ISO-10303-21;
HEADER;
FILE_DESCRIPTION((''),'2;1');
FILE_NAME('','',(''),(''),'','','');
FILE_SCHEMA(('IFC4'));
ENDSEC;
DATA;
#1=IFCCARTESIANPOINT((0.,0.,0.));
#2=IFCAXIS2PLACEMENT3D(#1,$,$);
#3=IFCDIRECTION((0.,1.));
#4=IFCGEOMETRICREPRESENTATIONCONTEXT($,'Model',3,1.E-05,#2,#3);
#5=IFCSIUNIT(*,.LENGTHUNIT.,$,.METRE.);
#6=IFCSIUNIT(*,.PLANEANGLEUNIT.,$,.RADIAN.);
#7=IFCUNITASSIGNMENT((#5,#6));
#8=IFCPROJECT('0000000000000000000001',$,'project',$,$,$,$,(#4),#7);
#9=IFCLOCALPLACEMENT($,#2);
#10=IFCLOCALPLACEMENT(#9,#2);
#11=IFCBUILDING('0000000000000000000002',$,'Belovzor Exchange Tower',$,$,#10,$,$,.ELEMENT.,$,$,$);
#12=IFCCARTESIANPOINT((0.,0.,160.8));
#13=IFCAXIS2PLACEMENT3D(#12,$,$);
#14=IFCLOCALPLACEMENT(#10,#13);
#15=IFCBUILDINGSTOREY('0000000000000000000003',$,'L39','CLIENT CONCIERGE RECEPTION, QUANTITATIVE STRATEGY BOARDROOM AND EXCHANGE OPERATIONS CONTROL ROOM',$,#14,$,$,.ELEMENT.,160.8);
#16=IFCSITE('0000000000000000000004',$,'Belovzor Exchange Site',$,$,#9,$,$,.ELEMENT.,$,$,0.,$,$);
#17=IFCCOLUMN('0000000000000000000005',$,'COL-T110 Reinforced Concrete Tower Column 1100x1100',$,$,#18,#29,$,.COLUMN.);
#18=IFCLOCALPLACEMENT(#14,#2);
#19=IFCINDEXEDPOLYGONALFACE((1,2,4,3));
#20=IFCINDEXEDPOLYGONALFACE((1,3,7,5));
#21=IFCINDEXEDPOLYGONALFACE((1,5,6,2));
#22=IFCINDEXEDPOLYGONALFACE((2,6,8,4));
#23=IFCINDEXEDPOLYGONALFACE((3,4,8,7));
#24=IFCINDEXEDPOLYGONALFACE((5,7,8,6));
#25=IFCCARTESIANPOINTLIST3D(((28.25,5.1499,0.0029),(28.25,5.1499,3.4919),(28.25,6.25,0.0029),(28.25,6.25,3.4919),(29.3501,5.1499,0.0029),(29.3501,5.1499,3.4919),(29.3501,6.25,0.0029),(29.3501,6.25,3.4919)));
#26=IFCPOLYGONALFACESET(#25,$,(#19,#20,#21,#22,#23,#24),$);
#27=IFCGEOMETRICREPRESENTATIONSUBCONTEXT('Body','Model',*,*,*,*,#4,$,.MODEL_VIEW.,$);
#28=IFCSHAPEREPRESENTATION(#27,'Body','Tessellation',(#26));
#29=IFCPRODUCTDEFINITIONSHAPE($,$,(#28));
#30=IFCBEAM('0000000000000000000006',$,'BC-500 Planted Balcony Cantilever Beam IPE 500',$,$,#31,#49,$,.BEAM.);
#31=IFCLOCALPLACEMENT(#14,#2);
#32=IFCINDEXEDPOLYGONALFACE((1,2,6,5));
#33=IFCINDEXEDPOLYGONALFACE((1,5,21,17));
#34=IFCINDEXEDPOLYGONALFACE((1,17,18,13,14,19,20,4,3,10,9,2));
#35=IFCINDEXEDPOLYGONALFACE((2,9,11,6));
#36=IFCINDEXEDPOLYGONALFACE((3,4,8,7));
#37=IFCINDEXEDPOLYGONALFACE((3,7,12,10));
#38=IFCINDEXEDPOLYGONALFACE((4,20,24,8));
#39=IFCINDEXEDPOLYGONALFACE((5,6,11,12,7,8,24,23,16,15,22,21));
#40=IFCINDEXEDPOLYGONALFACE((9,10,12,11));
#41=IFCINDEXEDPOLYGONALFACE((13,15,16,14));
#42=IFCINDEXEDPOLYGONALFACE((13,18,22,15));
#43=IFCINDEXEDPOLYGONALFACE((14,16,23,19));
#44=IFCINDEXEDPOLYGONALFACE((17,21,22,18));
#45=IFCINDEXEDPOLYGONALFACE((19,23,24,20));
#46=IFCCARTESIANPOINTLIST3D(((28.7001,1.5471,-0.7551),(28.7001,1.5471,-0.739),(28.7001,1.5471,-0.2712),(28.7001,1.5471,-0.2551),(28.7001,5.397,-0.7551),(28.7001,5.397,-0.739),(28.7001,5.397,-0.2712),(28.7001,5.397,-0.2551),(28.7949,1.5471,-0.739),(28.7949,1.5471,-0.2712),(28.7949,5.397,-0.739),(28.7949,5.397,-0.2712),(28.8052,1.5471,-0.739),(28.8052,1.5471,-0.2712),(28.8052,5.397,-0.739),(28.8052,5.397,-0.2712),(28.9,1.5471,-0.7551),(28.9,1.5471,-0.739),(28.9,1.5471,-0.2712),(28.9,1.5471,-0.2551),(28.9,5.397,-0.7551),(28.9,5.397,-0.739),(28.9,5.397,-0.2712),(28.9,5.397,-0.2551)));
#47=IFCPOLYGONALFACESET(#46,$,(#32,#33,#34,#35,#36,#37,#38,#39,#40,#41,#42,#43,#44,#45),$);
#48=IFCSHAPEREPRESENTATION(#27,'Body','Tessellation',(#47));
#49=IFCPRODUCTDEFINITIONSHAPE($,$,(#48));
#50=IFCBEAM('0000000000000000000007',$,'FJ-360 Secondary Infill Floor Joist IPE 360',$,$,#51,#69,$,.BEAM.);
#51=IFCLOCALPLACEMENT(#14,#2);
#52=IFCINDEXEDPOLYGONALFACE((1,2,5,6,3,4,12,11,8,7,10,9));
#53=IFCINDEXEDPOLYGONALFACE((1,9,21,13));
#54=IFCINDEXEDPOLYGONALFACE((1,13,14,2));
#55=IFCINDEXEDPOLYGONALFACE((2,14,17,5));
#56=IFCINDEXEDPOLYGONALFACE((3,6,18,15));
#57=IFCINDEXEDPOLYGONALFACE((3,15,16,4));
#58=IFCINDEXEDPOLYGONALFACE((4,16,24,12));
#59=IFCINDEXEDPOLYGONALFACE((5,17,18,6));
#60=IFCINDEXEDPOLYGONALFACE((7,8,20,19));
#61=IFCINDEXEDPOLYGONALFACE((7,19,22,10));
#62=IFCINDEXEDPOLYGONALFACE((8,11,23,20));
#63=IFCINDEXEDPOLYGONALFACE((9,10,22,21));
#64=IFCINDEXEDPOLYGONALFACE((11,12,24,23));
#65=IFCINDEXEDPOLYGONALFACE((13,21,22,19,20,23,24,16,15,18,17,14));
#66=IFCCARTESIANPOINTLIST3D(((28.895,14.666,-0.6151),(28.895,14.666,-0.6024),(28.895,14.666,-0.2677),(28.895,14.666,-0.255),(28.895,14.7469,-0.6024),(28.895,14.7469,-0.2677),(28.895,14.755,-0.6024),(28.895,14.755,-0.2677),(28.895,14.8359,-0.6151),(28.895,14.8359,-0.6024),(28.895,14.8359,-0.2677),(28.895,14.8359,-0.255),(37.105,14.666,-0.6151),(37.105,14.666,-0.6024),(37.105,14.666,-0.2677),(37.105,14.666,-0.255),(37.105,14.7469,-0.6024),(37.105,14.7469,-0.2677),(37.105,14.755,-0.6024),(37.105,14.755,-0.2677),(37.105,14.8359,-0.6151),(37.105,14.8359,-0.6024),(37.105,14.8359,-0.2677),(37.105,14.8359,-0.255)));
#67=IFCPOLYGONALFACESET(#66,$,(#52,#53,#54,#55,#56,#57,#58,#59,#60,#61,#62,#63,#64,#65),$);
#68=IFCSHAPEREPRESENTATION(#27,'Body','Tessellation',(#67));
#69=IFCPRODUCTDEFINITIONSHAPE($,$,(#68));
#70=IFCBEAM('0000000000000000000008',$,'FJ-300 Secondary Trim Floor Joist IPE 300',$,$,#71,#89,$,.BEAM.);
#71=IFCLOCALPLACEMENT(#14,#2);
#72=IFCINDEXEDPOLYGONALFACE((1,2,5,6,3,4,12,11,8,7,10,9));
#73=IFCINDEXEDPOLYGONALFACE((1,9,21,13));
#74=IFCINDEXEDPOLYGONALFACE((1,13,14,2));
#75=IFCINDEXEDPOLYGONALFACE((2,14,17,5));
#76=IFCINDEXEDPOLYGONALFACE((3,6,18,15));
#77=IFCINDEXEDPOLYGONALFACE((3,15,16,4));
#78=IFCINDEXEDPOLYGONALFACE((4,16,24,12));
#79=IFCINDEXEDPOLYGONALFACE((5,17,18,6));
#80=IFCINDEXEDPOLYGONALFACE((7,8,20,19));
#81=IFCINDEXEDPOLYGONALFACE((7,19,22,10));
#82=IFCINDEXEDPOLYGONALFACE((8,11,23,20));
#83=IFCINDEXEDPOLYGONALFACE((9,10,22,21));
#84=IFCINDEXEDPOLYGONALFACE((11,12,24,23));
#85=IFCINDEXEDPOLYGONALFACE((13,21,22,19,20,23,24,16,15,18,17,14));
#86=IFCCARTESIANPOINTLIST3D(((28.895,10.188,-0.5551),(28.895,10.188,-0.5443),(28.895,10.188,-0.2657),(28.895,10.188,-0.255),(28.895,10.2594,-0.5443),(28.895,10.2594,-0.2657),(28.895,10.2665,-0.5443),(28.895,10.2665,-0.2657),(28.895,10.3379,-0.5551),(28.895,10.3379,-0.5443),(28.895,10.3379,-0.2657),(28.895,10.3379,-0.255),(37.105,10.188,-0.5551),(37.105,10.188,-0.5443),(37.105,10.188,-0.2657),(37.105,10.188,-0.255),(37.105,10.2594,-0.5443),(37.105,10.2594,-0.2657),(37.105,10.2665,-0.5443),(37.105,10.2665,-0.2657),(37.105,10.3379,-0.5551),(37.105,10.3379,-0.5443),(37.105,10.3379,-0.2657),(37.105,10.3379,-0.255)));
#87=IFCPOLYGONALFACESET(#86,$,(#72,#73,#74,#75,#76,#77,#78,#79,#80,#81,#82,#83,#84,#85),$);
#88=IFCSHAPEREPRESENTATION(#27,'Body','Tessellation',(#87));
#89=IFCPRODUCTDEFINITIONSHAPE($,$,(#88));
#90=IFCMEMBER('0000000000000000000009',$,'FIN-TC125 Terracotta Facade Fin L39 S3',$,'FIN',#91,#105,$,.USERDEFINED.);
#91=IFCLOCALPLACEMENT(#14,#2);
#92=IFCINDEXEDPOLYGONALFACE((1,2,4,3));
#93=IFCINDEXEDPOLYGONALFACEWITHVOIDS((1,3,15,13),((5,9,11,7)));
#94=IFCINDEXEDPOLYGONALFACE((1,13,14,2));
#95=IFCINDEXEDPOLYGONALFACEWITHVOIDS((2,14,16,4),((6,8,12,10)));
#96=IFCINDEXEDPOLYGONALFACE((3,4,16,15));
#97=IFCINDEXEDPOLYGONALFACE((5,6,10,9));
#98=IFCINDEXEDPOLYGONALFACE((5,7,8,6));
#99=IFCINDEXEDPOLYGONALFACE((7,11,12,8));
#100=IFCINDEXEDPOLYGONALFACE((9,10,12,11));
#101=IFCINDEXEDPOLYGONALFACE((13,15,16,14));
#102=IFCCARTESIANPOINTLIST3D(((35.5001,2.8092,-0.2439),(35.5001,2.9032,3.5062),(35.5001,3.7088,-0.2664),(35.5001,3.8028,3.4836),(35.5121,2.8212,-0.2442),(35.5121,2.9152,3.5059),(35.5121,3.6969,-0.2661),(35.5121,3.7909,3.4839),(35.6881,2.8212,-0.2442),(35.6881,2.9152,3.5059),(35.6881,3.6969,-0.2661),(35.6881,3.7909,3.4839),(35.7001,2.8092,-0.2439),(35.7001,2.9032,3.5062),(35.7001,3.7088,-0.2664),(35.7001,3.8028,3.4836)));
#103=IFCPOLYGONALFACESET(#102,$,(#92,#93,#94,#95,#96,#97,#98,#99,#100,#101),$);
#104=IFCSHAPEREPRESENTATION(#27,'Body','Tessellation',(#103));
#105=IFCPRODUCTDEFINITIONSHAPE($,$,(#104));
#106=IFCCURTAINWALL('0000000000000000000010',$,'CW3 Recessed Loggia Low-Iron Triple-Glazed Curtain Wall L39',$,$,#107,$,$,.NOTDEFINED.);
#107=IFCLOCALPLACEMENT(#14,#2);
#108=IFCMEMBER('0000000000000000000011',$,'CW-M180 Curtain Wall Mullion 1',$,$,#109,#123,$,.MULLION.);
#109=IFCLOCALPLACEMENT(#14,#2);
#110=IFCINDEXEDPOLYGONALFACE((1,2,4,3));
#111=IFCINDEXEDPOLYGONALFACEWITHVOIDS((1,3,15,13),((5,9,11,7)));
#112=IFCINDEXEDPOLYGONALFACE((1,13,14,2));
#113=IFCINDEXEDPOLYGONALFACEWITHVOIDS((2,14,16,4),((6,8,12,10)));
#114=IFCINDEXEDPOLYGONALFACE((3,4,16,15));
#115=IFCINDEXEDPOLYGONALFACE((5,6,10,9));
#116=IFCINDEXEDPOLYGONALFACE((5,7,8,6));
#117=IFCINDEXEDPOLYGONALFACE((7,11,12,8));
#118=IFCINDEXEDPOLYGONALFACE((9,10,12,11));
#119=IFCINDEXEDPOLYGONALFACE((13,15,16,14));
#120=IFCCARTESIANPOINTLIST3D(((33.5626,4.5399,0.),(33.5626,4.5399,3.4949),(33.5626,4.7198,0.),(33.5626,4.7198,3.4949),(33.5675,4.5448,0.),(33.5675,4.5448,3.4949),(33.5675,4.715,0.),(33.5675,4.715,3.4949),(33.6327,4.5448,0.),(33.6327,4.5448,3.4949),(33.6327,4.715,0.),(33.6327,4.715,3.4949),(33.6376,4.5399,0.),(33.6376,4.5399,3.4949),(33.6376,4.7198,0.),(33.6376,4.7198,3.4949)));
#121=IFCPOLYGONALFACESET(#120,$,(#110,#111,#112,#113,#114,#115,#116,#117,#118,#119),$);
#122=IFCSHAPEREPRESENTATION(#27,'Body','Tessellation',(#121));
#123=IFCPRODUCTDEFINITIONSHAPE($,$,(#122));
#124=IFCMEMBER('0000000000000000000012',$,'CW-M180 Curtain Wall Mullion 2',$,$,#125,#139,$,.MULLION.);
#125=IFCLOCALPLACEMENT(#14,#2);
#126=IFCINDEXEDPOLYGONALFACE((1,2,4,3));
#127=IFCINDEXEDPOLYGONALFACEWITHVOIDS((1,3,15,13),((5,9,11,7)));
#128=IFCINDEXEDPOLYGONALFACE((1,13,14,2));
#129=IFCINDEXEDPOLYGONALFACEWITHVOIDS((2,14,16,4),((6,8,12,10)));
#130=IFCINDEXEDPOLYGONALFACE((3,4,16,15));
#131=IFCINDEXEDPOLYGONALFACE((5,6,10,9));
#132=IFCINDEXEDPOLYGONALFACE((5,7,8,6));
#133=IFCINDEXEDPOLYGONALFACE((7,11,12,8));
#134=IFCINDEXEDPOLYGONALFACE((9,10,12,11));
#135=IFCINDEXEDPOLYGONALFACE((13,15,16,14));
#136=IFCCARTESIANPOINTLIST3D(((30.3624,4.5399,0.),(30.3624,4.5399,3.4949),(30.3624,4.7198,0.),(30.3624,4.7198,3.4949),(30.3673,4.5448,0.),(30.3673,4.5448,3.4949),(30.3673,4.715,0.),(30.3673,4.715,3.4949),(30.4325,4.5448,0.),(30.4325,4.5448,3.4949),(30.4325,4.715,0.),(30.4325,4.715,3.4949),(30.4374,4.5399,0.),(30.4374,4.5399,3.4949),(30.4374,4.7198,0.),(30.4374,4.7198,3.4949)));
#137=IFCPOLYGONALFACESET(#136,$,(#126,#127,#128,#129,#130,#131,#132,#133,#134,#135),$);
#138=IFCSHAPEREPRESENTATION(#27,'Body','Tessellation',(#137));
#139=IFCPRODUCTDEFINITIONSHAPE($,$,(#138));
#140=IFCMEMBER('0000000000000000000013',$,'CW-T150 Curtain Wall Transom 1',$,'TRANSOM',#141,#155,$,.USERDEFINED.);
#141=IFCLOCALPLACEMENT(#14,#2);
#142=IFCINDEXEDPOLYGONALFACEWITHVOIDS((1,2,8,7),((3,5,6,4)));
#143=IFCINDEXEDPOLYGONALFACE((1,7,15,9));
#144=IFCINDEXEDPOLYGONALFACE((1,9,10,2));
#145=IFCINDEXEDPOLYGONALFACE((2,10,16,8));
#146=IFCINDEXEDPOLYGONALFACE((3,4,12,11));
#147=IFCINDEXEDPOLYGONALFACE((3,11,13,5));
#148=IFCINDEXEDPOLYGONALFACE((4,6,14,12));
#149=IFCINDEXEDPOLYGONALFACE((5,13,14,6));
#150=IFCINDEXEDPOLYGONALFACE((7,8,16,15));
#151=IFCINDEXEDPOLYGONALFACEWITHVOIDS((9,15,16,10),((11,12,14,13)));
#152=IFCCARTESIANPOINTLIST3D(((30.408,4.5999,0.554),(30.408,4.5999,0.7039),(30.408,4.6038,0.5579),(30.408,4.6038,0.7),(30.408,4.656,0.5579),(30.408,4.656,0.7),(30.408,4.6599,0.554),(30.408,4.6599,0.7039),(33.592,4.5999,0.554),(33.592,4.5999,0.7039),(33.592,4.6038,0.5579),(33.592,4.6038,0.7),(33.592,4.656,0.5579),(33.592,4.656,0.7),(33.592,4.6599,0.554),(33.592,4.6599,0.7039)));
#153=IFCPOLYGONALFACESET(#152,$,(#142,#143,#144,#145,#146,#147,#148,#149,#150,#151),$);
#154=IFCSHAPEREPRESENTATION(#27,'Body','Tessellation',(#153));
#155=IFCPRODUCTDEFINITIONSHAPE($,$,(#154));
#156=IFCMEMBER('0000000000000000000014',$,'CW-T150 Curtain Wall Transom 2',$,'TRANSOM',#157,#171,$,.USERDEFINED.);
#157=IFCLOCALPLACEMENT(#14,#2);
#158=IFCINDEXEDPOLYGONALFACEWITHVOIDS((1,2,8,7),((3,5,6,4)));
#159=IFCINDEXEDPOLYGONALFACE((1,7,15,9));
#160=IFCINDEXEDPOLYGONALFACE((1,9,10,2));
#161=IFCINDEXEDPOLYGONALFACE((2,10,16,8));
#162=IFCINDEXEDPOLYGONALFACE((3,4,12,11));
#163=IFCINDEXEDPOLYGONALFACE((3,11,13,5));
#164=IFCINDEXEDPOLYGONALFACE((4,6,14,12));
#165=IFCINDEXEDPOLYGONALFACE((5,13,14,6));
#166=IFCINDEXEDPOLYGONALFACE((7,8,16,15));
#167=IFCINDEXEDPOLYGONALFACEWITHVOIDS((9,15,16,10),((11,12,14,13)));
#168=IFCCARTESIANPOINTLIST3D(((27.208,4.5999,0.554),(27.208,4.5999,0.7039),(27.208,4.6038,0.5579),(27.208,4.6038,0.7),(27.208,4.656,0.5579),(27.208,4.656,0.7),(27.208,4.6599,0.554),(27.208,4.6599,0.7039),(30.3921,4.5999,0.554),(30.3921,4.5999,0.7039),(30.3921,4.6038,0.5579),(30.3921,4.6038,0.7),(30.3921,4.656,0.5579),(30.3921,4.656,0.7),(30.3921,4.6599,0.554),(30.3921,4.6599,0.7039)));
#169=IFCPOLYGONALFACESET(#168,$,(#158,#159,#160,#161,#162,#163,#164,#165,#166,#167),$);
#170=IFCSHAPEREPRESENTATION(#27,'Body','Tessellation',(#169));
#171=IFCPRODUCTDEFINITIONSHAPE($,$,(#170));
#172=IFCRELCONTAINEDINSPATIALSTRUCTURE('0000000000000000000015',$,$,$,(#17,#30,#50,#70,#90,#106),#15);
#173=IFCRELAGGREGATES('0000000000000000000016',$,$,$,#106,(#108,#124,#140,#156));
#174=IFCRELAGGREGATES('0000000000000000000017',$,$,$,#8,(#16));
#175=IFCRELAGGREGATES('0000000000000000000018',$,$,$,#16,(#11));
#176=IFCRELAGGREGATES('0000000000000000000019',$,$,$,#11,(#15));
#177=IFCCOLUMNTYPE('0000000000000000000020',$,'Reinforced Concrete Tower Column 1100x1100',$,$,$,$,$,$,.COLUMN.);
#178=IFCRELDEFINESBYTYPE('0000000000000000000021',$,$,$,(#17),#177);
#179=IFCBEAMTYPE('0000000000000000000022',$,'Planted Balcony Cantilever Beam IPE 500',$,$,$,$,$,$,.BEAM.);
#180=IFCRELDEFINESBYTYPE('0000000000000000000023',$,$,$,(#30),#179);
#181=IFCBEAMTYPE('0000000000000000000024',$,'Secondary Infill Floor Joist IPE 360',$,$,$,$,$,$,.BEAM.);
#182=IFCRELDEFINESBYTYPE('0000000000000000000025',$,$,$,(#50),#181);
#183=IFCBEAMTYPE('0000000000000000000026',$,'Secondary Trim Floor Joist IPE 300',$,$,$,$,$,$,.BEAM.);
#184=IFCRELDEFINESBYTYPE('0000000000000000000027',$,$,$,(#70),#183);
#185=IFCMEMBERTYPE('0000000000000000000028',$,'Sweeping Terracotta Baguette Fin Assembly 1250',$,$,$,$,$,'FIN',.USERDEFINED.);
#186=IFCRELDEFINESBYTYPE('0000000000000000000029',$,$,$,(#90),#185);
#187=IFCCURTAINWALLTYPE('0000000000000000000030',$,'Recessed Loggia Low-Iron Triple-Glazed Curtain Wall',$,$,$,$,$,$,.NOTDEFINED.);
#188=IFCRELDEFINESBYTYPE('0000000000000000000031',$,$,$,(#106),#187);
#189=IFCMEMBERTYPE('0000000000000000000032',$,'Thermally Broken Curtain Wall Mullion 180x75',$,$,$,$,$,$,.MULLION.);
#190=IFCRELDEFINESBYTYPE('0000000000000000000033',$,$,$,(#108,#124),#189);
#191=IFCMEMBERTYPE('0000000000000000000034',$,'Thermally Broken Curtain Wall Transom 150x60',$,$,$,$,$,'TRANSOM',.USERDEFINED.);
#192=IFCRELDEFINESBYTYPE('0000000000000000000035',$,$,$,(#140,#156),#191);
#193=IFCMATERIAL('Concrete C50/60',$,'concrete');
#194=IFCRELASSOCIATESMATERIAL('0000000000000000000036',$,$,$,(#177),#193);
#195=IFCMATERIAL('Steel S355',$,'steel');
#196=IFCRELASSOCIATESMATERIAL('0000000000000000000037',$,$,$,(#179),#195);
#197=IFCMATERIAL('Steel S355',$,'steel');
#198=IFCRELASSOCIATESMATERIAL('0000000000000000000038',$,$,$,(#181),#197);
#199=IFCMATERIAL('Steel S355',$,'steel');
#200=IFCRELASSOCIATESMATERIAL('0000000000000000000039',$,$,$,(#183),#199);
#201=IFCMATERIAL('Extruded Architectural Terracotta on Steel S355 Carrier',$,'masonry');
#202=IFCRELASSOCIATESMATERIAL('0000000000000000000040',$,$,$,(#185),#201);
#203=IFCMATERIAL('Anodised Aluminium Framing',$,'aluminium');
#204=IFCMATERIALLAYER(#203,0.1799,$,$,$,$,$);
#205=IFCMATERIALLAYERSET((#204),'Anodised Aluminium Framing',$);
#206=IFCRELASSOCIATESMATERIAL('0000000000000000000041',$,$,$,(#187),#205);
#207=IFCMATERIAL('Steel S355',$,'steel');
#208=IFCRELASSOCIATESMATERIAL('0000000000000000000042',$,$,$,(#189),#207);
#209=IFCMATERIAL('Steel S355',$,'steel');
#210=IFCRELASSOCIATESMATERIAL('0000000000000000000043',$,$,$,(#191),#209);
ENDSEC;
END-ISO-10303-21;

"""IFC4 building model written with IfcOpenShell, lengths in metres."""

from ifc_helpers import new_model, si_unit, direction, frame, origin, origin_2d, place, context, subcontext, project, spatial, rectangle, hollow_rectangle, i_section, extrude, material, layer, layer_set, material_profile, profile_set, type_object, element, aggregate, save


model = new_model("IFC4")

# Units and contexts
model_context = context("Model", 3, precision=1e-05, world=origin(), true_north=direction((0.0, 1.0)))
body_context = subcontext(model_context, "Body", "Model", "MODEL_VIEW")
ifc_project = project(units=[si_unit("LENGTHUNIT", "METRE"), si_unit("PLANEANGLEUNIT", "RADIAN")], contexts=[model_context])

# Site, building, storey
site_placement = place(None, origin())
site = spatial("IfcSite", under=ifc_project, at=site_placement, Name="Belovzor Exchange Site", CompositionType="ELEMENT", RefElevation=0.0)
building_placement = place(site_placement, origin())
building = spatial("IfcBuilding", under=site, at=building_placement, Name="Belovzor Exchange Tower", CompositionType="ELEMENT")
storey_placement = place(building_placement, frame((0.0, 0.0, 160.8)))
storey = spatial("IfcBuildingStorey", under=building, at=storey_placement, Name="L39", Description="CLIENT CONCIERGE RECEPTION, QUANTITATIVE STRATEGY BOARDROOM AND EXCHANGE OPERATIONS CONTROL ROOM", CompositionType="ELEMENT", Elevation=160.8)

# Column
ifc_material_1 = material(Name="Concrete C50/60", Category="concrete")
ifc_material_profile_1 = material_profile(ifc_material_1, rectangle(XDim=1.1001, YDim=1.1001, at=origin_2d()))
ifc_profile_set_1 = profile_set([ifc_material_profile_1], Name="Concrete C50/60")
column_type = type_object("IfcColumnType", Name="Reinforced Concrete Tower Column 1100x1100", PredefinedType="COLUMN", material=ifc_profile_set_1)
column_placement = place(storey_placement, frame((28.8, 5.7, 0.0029), z_axis=(0.0, 0.0, 1.0), x_axis=(1.0, 0.0, 0.0)))
element("IfcColumn", 1, at=column_placement, inside=storey, type_object=column_type, Name="COL-T110 Reinforced Concrete Tower Column 1100x1100", PredefinedType="COLUMN", context=body_context, shape_type="SweptSolid", body=[
    extrude(rectangle(XDim=1.1001, YDim=1.1001, at=origin_2d()), origin(), (0.0, 0.0, 1.0), 3.489),
])

# Beams
ifc_material_2 = material(Name="Steel S355", Category="steel")
ifc_material_profile_2 = material_profile(ifc_material_2, i_section(OverallWidth=0.2, OverallDepth=0.5, WebThickness=0.0103, FlangeThickness=0.0161, at=origin_2d()))
ifc_profile_set_2 = profile_set([ifc_material_profile_2], Name="Steel S355")
beam_type_1 = type_object("IfcBeamType", Name="Planted Balcony Cantilever Beam IPE 500", PredefinedType="BEAM", material=ifc_profile_set_2)
beam_1_placement = place(storey_placement, frame((28.8, 5.397, -0.5051), z_axis=(0.0, -1.0, 0.0), x_axis=(1.0, 0.0, 0.0)))
element("IfcBeam", 2, at=beam_1_placement, inside=storey, type_object=beam_type_1, Name="BC-500 Planted Balcony Cantilever Beam IPE 500", PredefinedType="BEAM", context=body_context, shape_type="SweptSolid", body=[
    extrude(i_section(OverallWidth=0.2, OverallDepth=0.5, WebThickness=0.0103, FlangeThickness=0.0161, at=origin_2d()), origin(), (0.0, 0.0, 1.0), 3.8499),
])
ifc_material_3 = material(Name="Steel S355", Category="steel")
ifc_material_profile_3 = material_profile(ifc_material_3, i_section(OverallWidth=0.1699, OverallDepth=0.3601, WebThickness=0.0081, FlangeThickness=0.0127, at=origin_2d()))
ifc_profile_set_3 = profile_set([ifc_material_profile_3], Name="Steel S355")
beam_type_2 = type_object("IfcBeamType", Name="Secondary Infill Floor Joist IPE 360", PredefinedType="BEAM", material=ifc_profile_set_3)
beam_2_placement = place(storey_placement, frame((28.895, 14.751, -0.4351), z_axis=(1.0, 0.0, 0.0), x_axis=(0.0, 1.0, 0.0)))
element("IfcBeam", 3, at=beam_2_placement, inside=storey, type_object=beam_type_2, Name="FJ-360 Secondary Infill Floor Joist IPE 360", PredefinedType="BEAM", context=body_context, shape_type="SweptSolid", body=[
    extrude(i_section(OverallWidth=0.1699, OverallDepth=0.3601, WebThickness=0.0081, FlangeThickness=0.0127, at=origin_2d()), origin(), (0.0, 0.0, 1.0), 8.21),
])
ifc_material_4 = material(Name="Steel S355", Category="steel")
ifc_material_profile_4 = material_profile(ifc_material_4, i_section(OverallWidth=0.1499, OverallDepth=0.3, WebThickness=0.0071, FlangeThickness=0.0107, at=origin_2d()))
ifc_profile_set_4 = profile_set([ifc_material_profile_4], Name="Steel S355")
beam_type_3 = type_object("IfcBeamType", Name="Secondary Trim Floor Joist IPE 300", PredefinedType="BEAM", material=ifc_profile_set_4)
beam_3_placement = place(storey_placement, frame((28.895, 10.2629, -0.405), z_axis=(1.0, 0.0, 0.0), x_axis=(0.0, 1.0, 0.0)))
element("IfcBeam", 4, at=beam_3_placement, inside=storey, type_object=beam_type_3, Name="FJ-300 Secondary Trim Floor Joist IPE 300", PredefinedType="BEAM", context=body_context, shape_type="SweptSolid", body=[
    extrude(i_section(OverallWidth=0.1499, OverallDepth=0.3, WebThickness=0.0071, FlangeThickness=0.0107, at=origin_2d()), origin(), (0.0, 0.0, 1.0), 8.21),
])

# Member
ifc_material_5 = material(Name="Extruded Architectural Terracotta on Steel S355 Carrier", Category="masonry")
ifc_material_profile_5 = material_profile(ifc_material_5, hollow_rectangle(XDim=0.2, YDim=0.8999, WallThickness=0.012, at=origin_2d()))
ifc_profile_set_5 = profile_set([ifc_material_profile_5], Name="Extruded Architectural Terracotta on Steel S355 Carrier")
member_type_1 = type_object("IfcMemberType", Name="Sweeping Terracotta Baguette Fin Assembly 1250", ElementType="FIN", PredefinedType="USERDEFINED", material=ifc_profile_set_5)
member_1_placement = place(storey_placement, frame((35.6001, 3.259, -0.2551), z_axis=(0.0, 0.025057, 0.999686), x_axis=(-1.0, 0.0, 0.0)))
element("IfcMember", 5, at=member_1_placement, inside=storey, type_object=member_type_1, Name="FIN-TC125 Terracotta Facade Fin L39 S3", ObjectType="FIN", PredefinedType="USERDEFINED", context=body_context, shape_type="SweptSolid", body=[
    extrude(hollow_rectangle(XDim=0.2, YDim=0.8999, WallThickness=0.012, at=origin_2d()), origin(), (0.0, 0.0, 1.0), 3.7512),
])

# Curtain wall, members
ifc_material_6 = material(Name="Anodised Aluminium Framing", Category="aluminium")
ifc_layer_1 = layer(ifc_material_6, 0.1799)
ifc_layer_set_1 = layer_set([ifc_layer_1], Name="Anodised Aluminium Framing")
curtain_wall_type = type_object("IfcCurtainWallType", Name="Recessed Loggia Low-Iron Triple-Glazed Curtain Wall", PredefinedType="NOTDEFINED", material=ifc_layer_set_1)
curtain_wall_placement = place(storey_placement, origin())
curtain_wall = element("IfcCurtainWall", 6, at=curtain_wall_placement, inside=storey, type_object=curtain_wall_type, Name="CW3 Recessed Loggia Low-Iron Triple-Glazed Curtain Wall L39", PredefinedType="NOTDEFINED")
ifc_material_7 = material(Name="Steel S355", Category="steel")
ifc_material_profile_6 = material_profile(ifc_material_7, hollow_rectangle(XDim=0.075, YDim=0.1799, WallThickness=0.0049, at=origin_2d()))
ifc_profile_set_6 = profile_set([ifc_material_profile_6], Name="Steel S355")
member_type_2 = type_object("IfcMemberType", Name="Thermally Broken Curtain Wall Mullion 180x75", PredefinedType="MULLION", material=ifc_profile_set_6)
member_2_placement = place(storey_placement, frame((33.6001, 4.6299, 0.0), z_axis=(0.0, 0.0, 1.0), x_axis=(-1.0, 0.0, 0.0)))
member_2 = element("IfcMember", 7, at=member_2_placement, type_object=member_type_2, Name="CW-M180 Curtain Wall Mullion 1", PredefinedType="MULLION", context=body_context, shape_type="SweptSolid", body=[
    extrude(hollow_rectangle(XDim=0.075, YDim=0.1799, WallThickness=0.0049, at=origin_2d()), origin(), (0.0, 0.0, 1.0), 3.4949),
])
member_3_placement = place(storey_placement, frame((30.3999, 4.6299, 0.0), z_axis=(0.0, 0.0, 1.0), x_axis=(-1.0, 0.0, 0.0)))
member_3 = element("IfcMember", 8, at=member_3_placement, type_object=member_type_2, Name="CW-M180 Curtain Wall Mullion 2", PredefinedType="MULLION", context=body_context, shape_type="SweptSolid", body=[
    extrude(hollow_rectangle(XDim=0.075, YDim=0.1799, WallThickness=0.0049, at=origin_2d()), origin(), (0.0, 0.0, 1.0), 3.4949),
])
ifc_material_8 = material(Name="Steel S355", Category="steel")
ifc_material_profile_7 = material_profile(ifc_material_8, hollow_rectangle(XDim=0.0601, YDim=0.1499, WallThickness=0.0039, at=origin_2d()))
ifc_profile_set_7 = profile_set([ifc_material_profile_7], Name="Steel S355")
member_type_3 = type_object("IfcMemberType", Name="Thermally Broken Curtain Wall Transom 150x60", ElementType="TRANSOM", PredefinedType="USERDEFINED", material=ifc_profile_set_7)
member_4_placement = place(storey_placement, frame((33.592, 4.6299, 0.6289), z_axis=(-1.0, 0.0, 0.0), x_axis=(0.0, -1.0, 0.0)))
member_4 = element("IfcMember", 9, at=member_4_placement, type_object=member_type_3, Name="CW-T150 Curtain Wall Transom 1", ObjectType="TRANSOM", PredefinedType="USERDEFINED", context=body_context, shape_type="SweptSolid", body=[
    extrude(hollow_rectangle(XDim=0.0601, YDim=0.1499, WallThickness=0.0039, at=origin_2d()), origin(), (0.0, 0.0, 1.0), 3.1841),
])
member_5_placement = place(storey_placement, frame((30.3921, 4.6299, 0.6289), z_axis=(-1.0, 0.0, 0.0), x_axis=(0.0, -1.0, 0.0)))
member_5 = element("IfcMember", 10, at=member_5_placement, type_object=member_type_3, Name="CW-T150 Curtain Wall Transom 2", ObjectType="TRANSOM", PredefinedType="USERDEFINED", context=body_context, shape_type="SweptSolid", body=[
    extrude(hollow_rectangle(XDim=0.0601, YDim=0.1499, WallThickness=0.0039, at=origin_2d()), origin(), (0.0, 0.0, 1.0), 3.1841),
])

aggregate(curtain_wall, [member_2, member_3, member_4, member_5])

save(model, "model.ifc")
